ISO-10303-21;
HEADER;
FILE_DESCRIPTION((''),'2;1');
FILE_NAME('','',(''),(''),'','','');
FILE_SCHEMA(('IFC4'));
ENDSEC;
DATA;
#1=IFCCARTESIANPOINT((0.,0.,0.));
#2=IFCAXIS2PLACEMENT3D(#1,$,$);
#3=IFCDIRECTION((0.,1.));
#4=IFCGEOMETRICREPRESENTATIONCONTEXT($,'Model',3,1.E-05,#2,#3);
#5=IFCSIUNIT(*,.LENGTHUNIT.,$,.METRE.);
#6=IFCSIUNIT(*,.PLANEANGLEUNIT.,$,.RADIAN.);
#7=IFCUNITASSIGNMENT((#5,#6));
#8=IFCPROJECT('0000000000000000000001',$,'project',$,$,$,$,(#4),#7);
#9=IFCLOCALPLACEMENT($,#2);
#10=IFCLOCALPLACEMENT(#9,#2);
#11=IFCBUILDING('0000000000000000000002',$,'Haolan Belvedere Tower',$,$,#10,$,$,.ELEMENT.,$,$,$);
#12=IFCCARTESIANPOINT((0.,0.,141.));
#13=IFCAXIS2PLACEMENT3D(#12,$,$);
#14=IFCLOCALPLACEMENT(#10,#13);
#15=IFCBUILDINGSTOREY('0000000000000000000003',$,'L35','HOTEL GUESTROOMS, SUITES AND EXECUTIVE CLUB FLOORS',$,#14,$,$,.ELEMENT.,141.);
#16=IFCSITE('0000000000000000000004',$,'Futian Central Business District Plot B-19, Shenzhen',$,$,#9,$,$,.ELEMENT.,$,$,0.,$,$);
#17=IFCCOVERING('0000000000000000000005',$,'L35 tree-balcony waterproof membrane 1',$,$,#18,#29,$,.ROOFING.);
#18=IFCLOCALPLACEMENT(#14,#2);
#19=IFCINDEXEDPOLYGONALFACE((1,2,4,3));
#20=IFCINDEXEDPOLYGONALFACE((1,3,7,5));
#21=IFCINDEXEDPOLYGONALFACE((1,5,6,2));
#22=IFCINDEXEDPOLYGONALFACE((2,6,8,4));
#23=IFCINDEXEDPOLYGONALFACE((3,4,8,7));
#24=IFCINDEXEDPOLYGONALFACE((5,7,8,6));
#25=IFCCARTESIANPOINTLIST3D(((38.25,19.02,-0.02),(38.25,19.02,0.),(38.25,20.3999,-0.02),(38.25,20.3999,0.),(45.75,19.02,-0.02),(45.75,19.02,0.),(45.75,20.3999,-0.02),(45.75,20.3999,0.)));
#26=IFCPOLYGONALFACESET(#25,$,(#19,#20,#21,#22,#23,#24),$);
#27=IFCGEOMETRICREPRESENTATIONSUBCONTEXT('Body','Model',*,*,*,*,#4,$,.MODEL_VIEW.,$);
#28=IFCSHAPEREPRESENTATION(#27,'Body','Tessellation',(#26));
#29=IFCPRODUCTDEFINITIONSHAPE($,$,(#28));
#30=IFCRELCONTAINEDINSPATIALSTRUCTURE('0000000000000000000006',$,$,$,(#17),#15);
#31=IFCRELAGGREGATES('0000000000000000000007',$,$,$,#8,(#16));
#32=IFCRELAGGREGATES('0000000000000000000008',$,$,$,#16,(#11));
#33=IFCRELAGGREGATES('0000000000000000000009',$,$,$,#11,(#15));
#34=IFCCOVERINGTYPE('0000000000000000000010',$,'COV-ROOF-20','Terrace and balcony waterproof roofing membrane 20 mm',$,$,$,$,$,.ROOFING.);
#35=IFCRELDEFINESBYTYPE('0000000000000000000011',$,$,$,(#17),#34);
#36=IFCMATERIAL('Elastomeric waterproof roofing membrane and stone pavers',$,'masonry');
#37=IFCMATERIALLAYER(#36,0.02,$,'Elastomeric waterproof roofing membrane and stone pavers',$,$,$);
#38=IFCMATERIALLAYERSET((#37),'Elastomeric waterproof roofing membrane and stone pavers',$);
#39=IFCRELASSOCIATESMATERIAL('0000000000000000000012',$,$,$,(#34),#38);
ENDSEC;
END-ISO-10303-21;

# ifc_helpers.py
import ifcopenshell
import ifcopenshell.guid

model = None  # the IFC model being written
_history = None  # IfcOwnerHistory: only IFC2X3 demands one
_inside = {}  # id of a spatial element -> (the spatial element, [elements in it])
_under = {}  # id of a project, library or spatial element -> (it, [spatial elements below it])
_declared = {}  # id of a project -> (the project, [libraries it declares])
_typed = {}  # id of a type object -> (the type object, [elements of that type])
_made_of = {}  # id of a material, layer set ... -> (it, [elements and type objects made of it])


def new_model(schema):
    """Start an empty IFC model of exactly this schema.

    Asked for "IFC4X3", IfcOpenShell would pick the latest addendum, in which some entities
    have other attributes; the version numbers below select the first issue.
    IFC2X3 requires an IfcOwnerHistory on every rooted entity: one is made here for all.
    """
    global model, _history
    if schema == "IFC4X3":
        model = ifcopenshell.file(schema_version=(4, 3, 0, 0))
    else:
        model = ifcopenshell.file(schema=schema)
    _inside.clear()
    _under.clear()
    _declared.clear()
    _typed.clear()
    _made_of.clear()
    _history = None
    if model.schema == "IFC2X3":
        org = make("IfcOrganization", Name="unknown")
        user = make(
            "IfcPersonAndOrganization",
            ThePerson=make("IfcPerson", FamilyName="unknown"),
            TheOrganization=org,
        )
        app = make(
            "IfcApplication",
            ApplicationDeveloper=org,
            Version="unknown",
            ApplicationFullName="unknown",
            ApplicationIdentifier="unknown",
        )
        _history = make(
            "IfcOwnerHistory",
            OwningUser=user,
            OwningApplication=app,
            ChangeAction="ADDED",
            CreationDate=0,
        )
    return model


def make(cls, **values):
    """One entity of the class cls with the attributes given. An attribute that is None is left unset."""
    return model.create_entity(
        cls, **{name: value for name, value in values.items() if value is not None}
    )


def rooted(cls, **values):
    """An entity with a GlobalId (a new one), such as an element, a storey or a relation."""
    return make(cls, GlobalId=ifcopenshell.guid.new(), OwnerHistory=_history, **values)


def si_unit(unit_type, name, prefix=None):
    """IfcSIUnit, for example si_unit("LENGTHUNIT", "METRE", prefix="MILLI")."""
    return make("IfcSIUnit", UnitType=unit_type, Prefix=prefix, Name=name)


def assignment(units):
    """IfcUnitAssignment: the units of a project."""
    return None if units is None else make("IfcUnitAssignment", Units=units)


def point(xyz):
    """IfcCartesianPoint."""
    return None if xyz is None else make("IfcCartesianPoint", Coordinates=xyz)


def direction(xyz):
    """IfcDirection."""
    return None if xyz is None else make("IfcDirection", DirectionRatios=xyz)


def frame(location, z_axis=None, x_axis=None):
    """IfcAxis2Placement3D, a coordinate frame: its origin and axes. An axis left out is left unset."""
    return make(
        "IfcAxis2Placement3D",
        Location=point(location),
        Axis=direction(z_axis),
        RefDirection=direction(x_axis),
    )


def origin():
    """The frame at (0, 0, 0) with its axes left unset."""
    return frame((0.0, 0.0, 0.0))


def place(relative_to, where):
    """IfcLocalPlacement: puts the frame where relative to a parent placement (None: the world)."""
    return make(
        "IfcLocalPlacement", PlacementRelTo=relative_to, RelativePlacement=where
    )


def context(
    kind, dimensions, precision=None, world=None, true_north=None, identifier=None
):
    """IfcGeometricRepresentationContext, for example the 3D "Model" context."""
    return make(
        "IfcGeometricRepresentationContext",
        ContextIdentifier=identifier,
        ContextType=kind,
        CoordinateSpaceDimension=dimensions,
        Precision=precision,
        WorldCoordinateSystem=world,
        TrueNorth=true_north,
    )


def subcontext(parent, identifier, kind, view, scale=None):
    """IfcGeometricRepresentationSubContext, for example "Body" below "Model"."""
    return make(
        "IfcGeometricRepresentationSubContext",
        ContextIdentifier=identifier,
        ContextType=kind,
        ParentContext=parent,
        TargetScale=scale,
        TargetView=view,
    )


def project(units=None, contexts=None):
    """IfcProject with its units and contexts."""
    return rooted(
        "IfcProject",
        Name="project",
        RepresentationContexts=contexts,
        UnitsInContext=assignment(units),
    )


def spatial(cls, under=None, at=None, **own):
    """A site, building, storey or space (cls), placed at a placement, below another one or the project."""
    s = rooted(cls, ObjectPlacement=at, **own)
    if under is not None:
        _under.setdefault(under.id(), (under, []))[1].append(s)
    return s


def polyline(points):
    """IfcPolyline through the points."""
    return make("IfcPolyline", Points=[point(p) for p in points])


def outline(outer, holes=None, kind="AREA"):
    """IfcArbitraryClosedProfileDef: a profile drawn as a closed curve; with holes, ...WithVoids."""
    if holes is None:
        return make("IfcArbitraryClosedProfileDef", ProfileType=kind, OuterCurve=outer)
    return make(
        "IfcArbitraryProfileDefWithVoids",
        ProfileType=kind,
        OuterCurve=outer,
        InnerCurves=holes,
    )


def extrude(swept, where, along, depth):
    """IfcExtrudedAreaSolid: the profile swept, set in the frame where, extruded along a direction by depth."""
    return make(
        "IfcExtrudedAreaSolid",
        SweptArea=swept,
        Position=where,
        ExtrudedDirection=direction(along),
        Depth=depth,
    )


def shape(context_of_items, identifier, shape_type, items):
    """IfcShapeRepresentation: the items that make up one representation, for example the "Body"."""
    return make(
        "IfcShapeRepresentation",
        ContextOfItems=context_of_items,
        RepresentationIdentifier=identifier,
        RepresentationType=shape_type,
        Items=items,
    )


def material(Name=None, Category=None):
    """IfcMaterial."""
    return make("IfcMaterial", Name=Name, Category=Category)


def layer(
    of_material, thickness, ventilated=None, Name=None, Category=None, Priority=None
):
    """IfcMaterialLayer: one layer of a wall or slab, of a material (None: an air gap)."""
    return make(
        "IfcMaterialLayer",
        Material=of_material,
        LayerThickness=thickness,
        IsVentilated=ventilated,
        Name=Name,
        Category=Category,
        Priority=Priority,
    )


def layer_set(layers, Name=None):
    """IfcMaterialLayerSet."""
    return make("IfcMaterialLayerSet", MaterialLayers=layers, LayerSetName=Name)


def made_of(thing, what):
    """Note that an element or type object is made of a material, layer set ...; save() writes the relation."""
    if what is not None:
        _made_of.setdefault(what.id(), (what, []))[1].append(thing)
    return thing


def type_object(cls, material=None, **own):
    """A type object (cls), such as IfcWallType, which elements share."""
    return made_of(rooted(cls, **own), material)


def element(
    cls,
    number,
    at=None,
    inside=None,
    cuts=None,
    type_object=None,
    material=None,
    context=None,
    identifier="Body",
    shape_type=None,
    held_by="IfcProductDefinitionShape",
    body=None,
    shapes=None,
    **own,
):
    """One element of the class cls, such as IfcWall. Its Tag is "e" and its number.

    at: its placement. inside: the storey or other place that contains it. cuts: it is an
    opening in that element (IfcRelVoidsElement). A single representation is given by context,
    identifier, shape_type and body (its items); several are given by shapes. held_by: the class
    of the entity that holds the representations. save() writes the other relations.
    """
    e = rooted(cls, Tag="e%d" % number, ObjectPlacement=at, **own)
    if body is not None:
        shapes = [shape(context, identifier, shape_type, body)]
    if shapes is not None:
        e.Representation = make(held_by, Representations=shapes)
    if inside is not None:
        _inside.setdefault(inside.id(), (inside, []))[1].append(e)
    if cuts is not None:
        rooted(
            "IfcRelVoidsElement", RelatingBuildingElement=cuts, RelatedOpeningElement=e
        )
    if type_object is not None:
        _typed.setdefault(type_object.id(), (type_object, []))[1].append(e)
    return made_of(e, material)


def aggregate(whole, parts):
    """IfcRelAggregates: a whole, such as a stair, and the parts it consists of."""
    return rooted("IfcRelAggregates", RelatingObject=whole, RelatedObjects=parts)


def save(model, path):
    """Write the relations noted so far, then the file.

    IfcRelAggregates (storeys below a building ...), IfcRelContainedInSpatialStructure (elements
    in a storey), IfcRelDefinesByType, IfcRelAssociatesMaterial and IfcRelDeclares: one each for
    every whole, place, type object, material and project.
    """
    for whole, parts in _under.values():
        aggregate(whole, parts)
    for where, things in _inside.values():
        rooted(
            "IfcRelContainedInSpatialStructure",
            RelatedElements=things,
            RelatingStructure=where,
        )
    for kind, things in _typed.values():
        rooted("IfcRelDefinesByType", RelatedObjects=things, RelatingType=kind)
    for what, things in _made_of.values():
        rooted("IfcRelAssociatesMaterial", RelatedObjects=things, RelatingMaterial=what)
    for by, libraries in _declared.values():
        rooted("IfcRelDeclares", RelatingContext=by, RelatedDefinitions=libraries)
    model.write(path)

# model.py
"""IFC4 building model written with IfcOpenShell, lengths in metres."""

from ifc_helpers import new_model, si_unit, direction, frame, origin, place, context, subcontext, project, spatial, polyline, outline, extrude, material, layer, layer_set, type_object, element, save


model = new_model("IFC4")

# Units and contexts
model_context = context("Model", 3, precision=1e-05, world=origin(), true_north=direction((0.0, 1.0)))
body_context = subcontext(model_context, "Body", "Model", "MODEL_VIEW")
ifc_project = project(units=[si_unit("LENGTHUNIT", "METRE"), si_unit("PLANEANGLEUNIT", "RADIAN")], contexts=[model_context])

# Site, building, storey
site_placement = place(None, origin())
site = spatial("IfcSite", under=ifc_project, at=site_placement, Name="Futian Central Business District Plot B-19, Shenzhen", CompositionType="ELEMENT", RefElevation=0.0)
building_placement = place(site_placement, origin())
building = spatial("IfcBuilding", under=site, at=building_placement, Name="Haolan Belvedere Tower", CompositionType="ELEMENT")
storey_placement = place(building_placement, frame((0.0, 0.0, 141.0)))
storey = spatial("IfcBuildingStorey", under=building, at=storey_placement, Name="L35", Description="HOTEL GUESTROOMS, SUITES AND EXECUTIVE CLUB FLOORS", CompositionType="ELEMENT", Elevation=141.0)

# Covering
ifc_material_1 = material(Name="Elastomeric waterproof roofing membrane and stone pavers", Category="masonry")
ifc_layer_1 = layer(ifc_material_1, 0.02, Name="Elastomeric waterproof roofing membrane and stone pavers")
ifc_layer_set_1 = layer_set([ifc_layer_1], Name="Elastomeric waterproof roofing membrane and stone pavers")
covering_type_1 = type_object("IfcCoveringType", Name="COV-ROOF-20", Description="Terrace and balcony waterproof roofing membrane 20 mm", PredefinedType="ROOFING", material=ifc_layer_set_1)
covering_placement = place(storey_placement, frame((0.0, 0.0, -0.02)))
element("IfcCovering", 1, at=covering_placement, inside=storey, type_object=covering_type_1, Name="L35 tree-balcony waterproof membrane 1", PredefinedType="ROOFING", context=body_context, shape_type="SweptSolid", body=[
    extrude(outline(polyline([(38.25, 19.02), (45.75, 19.02), (45.75, 20.3999), (38.25, 20.3999), (38.25, 19.02)])), origin(), (0.0, 0.0, 1.0), 0.02),
])

save(model, "model.ifc")
